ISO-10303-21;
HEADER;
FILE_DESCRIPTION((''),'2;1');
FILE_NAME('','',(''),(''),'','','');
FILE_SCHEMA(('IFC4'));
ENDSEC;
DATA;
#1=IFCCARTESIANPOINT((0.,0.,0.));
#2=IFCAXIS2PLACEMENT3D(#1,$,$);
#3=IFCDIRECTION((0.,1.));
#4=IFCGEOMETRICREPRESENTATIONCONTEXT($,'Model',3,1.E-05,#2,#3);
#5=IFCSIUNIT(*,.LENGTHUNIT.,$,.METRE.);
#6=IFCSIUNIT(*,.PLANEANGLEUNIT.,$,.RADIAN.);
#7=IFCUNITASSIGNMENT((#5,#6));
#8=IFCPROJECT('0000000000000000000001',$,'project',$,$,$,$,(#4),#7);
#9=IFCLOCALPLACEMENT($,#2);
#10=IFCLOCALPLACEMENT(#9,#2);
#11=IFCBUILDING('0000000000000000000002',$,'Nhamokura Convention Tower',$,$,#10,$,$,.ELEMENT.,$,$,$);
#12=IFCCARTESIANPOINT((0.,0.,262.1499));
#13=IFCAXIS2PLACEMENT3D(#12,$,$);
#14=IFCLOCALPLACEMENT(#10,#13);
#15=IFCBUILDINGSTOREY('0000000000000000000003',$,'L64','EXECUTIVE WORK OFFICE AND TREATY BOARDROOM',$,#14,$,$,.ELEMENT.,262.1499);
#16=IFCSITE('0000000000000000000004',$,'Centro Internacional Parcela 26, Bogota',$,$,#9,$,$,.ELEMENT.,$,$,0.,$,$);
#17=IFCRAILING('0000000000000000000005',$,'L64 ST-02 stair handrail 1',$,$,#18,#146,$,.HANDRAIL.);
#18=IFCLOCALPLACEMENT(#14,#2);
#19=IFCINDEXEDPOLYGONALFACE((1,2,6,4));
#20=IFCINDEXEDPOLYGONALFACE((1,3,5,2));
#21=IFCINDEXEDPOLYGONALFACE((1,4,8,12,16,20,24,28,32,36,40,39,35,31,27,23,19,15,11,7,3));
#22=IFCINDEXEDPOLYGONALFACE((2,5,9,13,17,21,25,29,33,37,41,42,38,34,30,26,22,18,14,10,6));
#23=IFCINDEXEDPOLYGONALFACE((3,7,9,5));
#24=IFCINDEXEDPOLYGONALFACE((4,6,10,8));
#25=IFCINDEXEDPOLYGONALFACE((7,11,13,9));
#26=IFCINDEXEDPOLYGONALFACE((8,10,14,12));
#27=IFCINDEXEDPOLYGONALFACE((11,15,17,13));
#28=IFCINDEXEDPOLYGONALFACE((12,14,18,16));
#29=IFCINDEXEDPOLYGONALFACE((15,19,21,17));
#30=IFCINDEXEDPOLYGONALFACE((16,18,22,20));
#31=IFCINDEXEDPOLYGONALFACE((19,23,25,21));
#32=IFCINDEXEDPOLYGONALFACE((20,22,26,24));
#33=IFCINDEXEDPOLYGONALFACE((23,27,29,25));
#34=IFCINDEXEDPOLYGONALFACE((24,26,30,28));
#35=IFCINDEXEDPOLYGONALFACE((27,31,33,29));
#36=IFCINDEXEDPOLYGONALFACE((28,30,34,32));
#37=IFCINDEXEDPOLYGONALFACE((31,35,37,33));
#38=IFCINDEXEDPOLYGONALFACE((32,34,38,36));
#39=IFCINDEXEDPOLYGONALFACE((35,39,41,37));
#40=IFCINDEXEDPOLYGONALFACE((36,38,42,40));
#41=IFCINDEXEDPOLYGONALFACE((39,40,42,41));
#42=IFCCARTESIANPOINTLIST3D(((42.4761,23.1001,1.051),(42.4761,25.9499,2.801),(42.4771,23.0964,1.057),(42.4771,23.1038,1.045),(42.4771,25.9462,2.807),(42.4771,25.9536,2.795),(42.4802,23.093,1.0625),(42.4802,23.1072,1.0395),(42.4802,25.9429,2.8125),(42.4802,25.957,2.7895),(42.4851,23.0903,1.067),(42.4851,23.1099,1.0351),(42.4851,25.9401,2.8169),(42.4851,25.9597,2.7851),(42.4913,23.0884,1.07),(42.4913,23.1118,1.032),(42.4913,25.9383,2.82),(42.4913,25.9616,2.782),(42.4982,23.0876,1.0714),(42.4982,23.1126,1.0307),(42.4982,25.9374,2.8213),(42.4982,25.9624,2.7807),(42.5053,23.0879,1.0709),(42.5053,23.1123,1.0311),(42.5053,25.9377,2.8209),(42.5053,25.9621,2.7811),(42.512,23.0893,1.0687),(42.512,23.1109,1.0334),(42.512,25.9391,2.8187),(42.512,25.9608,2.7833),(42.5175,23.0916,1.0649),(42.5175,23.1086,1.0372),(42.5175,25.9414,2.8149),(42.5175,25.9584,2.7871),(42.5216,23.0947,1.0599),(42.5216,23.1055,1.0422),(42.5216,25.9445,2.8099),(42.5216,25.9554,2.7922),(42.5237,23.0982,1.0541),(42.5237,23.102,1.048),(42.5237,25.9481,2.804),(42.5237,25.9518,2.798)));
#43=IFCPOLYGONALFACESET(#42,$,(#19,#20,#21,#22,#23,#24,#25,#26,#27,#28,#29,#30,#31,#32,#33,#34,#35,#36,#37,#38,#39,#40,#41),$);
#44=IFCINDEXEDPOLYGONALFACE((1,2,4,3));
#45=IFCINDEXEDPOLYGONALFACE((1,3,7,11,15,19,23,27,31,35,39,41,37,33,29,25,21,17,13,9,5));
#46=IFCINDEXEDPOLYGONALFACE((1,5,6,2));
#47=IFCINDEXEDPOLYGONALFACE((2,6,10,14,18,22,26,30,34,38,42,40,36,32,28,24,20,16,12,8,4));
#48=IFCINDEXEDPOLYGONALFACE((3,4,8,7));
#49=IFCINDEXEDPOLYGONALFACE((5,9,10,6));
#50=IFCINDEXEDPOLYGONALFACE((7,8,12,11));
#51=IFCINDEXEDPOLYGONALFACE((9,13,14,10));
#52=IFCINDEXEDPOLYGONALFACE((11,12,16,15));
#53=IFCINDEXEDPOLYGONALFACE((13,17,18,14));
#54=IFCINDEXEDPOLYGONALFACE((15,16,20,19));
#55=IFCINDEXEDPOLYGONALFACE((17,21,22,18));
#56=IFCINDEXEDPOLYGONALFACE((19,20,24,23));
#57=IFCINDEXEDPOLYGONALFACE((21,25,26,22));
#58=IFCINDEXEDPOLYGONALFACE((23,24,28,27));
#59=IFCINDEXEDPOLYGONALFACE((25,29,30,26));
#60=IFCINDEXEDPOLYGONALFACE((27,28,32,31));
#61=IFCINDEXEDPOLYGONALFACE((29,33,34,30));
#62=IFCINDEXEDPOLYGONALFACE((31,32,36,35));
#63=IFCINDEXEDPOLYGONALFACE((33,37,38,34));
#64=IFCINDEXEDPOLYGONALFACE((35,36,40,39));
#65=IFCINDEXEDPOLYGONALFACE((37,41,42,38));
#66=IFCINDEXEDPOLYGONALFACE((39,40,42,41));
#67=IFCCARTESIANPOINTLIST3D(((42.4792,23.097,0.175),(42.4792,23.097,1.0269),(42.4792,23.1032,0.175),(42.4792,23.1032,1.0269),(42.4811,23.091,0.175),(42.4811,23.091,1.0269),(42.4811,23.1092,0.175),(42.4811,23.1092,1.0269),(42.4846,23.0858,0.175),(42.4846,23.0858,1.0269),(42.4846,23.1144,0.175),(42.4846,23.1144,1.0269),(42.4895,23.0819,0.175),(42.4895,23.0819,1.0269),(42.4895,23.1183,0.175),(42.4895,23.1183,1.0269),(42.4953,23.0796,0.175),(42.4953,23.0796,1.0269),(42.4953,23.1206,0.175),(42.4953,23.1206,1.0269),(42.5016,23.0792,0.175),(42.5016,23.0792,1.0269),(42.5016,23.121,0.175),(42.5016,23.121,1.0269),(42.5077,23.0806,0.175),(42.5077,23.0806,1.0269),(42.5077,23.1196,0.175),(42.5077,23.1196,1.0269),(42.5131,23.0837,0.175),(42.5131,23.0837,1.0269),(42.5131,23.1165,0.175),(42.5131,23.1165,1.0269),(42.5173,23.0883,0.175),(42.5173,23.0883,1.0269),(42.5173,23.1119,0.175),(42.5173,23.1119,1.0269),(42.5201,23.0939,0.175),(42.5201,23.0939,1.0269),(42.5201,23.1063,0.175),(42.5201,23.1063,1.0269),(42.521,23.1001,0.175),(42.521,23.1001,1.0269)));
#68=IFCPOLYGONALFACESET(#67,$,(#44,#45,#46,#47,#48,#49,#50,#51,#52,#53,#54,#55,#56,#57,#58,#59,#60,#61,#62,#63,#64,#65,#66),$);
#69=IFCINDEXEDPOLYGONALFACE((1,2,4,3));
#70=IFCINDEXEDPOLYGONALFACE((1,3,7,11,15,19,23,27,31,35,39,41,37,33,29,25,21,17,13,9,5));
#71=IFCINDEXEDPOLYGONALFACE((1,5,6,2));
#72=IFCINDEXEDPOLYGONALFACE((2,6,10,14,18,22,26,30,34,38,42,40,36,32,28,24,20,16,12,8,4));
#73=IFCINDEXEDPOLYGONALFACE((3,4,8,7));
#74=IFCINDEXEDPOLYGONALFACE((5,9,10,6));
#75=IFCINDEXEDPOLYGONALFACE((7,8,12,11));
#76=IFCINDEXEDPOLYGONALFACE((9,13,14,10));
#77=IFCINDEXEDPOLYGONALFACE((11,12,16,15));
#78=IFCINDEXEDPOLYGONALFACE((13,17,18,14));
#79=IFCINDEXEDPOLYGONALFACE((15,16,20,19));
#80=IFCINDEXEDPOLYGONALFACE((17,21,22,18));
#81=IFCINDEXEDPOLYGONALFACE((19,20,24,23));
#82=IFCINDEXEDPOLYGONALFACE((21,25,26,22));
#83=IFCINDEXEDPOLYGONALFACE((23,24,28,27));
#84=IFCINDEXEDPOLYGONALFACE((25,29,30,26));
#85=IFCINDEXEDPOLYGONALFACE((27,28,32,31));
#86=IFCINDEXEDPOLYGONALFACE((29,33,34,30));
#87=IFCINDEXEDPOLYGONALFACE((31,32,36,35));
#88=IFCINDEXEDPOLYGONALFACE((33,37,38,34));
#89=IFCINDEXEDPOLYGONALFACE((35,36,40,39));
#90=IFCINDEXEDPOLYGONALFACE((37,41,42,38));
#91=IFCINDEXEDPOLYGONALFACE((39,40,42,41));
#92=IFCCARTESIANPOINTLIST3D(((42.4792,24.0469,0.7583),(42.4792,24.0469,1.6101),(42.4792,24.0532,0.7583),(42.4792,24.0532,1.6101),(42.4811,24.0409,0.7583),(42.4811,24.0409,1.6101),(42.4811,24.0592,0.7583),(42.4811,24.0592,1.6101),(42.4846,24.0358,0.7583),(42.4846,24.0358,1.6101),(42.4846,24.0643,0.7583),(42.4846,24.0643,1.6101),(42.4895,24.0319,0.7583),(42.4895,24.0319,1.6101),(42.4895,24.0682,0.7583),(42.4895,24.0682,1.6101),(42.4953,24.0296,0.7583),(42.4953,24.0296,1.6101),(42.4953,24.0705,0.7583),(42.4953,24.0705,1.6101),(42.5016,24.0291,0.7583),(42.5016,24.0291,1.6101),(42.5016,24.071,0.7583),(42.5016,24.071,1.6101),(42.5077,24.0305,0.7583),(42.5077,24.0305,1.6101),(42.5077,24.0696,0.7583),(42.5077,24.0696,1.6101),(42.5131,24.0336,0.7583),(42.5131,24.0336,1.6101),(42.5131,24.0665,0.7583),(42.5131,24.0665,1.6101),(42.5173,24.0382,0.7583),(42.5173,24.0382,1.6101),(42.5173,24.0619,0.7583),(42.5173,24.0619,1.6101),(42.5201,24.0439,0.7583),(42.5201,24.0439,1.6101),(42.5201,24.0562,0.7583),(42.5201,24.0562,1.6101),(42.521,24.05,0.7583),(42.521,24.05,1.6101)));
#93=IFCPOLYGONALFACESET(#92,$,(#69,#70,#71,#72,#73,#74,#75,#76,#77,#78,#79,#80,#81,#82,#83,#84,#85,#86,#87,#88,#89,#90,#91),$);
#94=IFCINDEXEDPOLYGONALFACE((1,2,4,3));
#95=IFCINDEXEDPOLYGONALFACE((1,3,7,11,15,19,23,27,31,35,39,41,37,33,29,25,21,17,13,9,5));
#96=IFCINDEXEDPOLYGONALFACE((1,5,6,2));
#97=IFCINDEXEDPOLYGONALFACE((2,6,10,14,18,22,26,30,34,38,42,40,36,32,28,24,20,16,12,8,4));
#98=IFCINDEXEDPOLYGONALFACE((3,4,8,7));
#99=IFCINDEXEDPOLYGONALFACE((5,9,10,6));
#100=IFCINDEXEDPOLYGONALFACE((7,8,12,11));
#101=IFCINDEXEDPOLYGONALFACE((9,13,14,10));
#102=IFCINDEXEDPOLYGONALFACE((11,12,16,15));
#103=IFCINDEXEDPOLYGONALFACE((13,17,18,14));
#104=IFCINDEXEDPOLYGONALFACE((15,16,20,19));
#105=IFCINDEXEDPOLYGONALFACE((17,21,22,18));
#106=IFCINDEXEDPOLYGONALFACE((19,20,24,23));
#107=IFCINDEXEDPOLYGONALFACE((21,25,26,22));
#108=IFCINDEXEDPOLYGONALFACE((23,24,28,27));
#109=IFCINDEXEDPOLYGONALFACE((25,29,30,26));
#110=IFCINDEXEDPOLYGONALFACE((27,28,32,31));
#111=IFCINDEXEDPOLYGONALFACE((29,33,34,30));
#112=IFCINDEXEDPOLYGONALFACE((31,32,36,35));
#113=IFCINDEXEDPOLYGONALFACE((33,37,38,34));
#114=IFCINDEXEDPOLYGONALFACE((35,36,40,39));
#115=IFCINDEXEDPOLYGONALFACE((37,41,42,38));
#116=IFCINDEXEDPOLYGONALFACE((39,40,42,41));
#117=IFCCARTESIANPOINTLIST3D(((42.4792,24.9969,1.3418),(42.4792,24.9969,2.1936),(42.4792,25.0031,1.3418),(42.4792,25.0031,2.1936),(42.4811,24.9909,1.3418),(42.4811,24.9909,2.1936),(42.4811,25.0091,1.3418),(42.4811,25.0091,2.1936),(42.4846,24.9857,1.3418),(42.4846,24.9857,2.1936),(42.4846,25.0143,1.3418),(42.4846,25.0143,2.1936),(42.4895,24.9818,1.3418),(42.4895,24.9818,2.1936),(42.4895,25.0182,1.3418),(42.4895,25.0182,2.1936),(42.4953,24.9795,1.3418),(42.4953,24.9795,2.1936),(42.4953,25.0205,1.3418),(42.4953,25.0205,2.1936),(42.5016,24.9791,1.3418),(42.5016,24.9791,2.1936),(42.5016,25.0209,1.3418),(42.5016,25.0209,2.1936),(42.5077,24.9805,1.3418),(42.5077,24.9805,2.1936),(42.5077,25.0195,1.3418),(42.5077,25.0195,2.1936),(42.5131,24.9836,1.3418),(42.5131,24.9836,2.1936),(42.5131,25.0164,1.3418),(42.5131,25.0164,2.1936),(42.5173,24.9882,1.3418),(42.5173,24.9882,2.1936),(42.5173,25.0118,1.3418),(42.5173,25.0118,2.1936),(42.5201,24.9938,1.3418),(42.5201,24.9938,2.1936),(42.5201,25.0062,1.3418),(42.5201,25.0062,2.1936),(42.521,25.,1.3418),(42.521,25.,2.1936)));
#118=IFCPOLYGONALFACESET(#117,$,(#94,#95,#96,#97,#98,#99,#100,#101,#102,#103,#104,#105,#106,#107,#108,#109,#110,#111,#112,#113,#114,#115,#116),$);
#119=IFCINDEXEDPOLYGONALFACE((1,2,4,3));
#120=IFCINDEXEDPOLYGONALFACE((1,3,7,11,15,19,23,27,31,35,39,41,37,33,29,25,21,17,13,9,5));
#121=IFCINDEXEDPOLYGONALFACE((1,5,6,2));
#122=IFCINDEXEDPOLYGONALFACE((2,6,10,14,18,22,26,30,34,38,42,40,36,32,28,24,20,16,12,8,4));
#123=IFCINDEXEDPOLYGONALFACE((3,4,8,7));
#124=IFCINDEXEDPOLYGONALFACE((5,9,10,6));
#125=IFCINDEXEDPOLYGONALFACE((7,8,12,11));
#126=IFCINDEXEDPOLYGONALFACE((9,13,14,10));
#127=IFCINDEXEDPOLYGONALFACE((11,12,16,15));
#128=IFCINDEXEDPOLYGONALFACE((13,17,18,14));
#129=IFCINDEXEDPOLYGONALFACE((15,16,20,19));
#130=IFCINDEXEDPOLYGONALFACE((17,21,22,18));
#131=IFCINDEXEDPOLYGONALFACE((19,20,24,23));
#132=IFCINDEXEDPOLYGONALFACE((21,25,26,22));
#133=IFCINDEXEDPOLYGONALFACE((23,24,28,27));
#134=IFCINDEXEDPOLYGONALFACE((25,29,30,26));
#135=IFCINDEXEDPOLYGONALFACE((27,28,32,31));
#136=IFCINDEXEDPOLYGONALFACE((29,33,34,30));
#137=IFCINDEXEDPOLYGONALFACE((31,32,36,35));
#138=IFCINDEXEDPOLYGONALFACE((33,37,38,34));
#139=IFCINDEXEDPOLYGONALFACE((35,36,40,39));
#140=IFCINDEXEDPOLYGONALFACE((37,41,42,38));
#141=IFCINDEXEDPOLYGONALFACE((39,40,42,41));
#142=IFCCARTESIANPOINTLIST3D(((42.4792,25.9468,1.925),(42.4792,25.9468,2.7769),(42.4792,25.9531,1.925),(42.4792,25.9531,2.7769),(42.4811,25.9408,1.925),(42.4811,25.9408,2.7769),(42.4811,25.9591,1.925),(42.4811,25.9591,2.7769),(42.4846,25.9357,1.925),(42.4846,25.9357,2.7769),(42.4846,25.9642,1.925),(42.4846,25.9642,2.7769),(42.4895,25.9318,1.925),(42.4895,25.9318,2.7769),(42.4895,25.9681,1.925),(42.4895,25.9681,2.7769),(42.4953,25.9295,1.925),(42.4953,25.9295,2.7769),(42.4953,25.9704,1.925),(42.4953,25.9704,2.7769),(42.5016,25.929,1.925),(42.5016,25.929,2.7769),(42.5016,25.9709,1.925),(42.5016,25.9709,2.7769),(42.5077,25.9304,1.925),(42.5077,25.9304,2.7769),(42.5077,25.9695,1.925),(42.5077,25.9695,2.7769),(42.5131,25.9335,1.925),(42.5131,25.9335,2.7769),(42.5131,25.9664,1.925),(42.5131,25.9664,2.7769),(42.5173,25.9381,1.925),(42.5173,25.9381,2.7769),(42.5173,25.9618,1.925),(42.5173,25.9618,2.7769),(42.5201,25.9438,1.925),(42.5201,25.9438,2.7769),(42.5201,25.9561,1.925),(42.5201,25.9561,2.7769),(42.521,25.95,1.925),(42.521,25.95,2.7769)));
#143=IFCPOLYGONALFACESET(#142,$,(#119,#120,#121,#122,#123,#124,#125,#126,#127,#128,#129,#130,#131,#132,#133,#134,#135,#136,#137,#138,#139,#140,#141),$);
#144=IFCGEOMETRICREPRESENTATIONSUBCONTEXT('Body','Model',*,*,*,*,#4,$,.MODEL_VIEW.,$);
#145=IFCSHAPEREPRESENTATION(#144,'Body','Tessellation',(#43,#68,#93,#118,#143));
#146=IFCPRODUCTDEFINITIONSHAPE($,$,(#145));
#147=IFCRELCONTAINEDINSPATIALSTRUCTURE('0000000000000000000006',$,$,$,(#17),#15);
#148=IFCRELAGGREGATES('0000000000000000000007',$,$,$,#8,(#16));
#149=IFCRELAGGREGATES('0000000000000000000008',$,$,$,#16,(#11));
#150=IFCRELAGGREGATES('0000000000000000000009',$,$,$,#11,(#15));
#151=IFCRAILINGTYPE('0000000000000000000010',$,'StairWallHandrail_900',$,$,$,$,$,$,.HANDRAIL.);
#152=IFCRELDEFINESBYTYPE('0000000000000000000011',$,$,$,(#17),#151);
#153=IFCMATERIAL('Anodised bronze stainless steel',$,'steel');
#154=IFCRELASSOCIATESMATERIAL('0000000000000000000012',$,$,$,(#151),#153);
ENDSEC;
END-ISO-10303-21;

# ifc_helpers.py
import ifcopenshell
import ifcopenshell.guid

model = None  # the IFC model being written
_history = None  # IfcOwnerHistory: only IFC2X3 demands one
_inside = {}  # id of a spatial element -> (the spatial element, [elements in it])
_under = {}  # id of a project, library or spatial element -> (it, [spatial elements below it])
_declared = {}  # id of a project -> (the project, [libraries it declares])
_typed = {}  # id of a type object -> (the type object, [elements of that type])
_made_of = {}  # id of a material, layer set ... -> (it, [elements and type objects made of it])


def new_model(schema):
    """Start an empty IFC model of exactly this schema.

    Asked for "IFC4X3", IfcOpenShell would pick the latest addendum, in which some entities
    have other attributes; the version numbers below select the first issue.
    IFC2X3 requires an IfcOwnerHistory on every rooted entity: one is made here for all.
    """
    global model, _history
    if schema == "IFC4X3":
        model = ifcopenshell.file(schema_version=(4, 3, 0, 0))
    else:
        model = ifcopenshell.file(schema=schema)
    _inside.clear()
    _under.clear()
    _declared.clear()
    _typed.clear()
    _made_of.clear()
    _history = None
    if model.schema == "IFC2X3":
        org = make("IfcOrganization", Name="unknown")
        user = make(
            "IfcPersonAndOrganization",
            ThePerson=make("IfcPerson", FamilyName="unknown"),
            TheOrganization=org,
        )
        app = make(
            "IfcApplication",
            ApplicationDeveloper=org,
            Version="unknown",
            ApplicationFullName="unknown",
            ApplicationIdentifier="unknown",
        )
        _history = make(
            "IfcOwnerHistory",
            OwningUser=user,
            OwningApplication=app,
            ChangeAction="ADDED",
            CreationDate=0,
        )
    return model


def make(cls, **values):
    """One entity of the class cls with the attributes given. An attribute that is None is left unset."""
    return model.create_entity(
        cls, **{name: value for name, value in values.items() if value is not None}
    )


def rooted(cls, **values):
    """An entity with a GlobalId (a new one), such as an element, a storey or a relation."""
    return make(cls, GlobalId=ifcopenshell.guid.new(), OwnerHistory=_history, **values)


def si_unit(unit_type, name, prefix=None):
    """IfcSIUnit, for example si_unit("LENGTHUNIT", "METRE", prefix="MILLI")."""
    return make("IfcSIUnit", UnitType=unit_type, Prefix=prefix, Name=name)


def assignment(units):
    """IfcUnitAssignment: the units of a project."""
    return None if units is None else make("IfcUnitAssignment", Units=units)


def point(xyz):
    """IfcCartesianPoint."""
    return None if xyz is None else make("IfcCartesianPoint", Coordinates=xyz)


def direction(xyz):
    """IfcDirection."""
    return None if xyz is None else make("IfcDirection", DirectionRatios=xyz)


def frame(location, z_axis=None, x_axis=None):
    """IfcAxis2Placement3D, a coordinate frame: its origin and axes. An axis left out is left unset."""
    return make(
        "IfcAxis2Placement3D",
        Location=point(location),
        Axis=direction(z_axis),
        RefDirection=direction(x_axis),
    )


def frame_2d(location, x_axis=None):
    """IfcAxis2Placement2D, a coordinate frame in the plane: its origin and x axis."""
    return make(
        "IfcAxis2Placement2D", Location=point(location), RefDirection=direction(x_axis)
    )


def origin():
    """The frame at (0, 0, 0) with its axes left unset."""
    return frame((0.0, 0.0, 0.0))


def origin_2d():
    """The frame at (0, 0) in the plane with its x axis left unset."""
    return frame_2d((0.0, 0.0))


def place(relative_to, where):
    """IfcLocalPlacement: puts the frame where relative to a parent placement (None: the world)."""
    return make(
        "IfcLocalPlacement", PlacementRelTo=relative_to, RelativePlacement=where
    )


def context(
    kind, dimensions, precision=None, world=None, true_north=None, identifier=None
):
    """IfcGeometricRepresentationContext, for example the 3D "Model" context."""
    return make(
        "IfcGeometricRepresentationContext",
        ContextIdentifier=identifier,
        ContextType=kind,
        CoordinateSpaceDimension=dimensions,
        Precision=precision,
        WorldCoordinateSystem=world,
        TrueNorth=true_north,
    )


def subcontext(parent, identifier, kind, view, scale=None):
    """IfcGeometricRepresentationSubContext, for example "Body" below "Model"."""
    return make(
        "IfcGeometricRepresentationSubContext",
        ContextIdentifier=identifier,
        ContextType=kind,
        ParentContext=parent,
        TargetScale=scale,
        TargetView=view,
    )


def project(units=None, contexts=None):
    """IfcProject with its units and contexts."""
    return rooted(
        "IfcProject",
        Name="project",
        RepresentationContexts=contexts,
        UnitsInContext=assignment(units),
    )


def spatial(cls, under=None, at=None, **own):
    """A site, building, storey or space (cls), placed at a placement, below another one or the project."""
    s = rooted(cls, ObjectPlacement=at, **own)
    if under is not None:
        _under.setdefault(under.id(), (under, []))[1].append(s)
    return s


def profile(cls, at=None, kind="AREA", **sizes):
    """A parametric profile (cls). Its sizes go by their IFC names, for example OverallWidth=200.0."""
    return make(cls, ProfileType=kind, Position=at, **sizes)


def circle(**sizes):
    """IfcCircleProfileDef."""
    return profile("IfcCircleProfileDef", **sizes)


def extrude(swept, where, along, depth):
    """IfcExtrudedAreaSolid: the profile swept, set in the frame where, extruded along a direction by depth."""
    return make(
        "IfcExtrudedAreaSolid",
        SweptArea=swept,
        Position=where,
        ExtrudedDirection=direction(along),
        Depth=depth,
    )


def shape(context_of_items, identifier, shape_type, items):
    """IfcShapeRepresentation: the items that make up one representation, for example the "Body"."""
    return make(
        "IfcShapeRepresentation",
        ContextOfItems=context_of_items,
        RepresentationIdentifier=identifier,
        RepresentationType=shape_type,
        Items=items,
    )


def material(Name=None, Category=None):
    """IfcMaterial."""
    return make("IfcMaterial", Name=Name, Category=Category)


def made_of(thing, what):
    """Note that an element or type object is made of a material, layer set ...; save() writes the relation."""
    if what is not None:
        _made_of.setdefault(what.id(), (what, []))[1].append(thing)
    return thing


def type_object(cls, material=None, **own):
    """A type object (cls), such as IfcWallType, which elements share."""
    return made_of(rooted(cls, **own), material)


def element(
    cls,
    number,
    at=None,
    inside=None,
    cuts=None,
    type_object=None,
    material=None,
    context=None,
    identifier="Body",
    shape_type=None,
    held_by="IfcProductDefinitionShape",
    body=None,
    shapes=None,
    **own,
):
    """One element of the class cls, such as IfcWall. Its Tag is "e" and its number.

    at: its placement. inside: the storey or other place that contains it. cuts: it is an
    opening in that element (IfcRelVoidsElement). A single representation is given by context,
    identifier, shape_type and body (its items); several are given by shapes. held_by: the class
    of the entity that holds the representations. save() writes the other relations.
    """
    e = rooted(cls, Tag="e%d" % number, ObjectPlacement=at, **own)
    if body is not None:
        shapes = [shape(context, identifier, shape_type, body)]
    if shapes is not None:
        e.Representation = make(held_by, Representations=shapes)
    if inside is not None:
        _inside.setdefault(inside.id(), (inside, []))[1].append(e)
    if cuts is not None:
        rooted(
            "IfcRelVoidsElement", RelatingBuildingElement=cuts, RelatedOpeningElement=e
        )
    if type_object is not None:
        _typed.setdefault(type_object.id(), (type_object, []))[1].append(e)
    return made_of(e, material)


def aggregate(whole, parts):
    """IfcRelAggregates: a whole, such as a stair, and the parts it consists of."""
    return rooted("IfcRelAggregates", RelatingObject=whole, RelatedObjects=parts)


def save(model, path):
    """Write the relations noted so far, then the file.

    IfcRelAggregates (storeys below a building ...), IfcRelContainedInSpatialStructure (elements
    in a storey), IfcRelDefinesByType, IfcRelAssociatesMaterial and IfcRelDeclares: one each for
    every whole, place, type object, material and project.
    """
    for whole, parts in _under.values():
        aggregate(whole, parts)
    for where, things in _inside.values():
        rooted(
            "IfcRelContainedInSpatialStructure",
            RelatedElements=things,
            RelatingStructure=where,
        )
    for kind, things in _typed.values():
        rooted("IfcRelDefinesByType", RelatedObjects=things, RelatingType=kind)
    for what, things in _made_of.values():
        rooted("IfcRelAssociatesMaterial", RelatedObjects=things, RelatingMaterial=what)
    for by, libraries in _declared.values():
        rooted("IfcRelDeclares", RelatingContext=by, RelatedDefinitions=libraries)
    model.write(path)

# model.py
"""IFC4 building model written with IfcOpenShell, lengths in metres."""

from ifc_helpers import new_model, si_unit, direction, frame, origin, origin_2d, place, context, subcontext, project, spatial, circle, extrude, material, type_object, element, save


model = new_model("IFC4")

# Units and contexts
model_context = context("Model", 3, precision=1e-05, world=origin(), true_north=direction((0.0, 1.0)))
body_context = subcontext(model_context, "Body", "Model", "MODEL_VIEW")
ifc_project = project(units=[si_unit("LENGTHUNIT", "METRE"), si_unit("PLANEANGLEUNIT", "RADIAN")], contexts=[model_context])

# Site, building, storey
site_placement = place(None, origin())
site = spatial("IfcSite", under=ifc_project, at=site_placement, Name="Centro Internacional Parcela 26, Bogota", CompositionType="ELEMENT", RefElevation=0.0)
building_placement = place(site_placement, origin())
building = spatial("IfcBuilding", under=site, at=building_placement, Name="Nhamokura Convention Tower", CompositionType="ELEMENT")
storey_placement = place(building_placement, frame((0.0, 0.0, 262.1499)))
storey = spatial("IfcBuildingStorey", under=building, at=storey_placement, Name="L64", Description="EXECUTIVE WORK OFFICE AND TREATY BOARDROOM", CompositionType="ELEMENT", Elevation=262.1499)

# Railing
ifc_material_1 = material(Name="Anodised bronze stainless steel", Category="steel")
railing_type_1 = type_object("IfcRailingType", Name="StairWallHandrail_900", PredefinedType="HANDRAIL", material=ifc_material_1)
railing_1_placement = place(storey_placement, frame((42.5, 23.1001, 0.175)))
element("IfcRailing", 1, at=railing_1_placement, inside=storey, type_object=railing_type_1, Name="L64 ST-02 stair handrail 1", PredefinedType="HANDRAIL", context=body_context, shape_type="SweptSolid", body=[
    extrude(circle(Radius=0.0239, at=origin_2d()), frame((0.0, 0.0, 0.876), z_axis=(0.0, 0.852159, 0.523283), x_axis=(-1.0, 0.0, 0.0)), (0.0, 0.0, 1.0), 3.3442),
    extrude(circle(Radius=0.021, at=origin_2d()), origin(), (0.0, 0.0, 1.0), 0.8518),
    extrude(circle(Radius=0.021, at=origin_2d()), frame((0.0, 0.95, 0.5833)), (0.0, 0.0, 1.0), 0.8518),
    extrude(circle(Radius=0.021, at=origin_2d()), frame((0.0, 1.8999, 1.1667)), (0.0, 0.0, 1.0), 0.8518),
    extrude(circle(Radius=0.021, at=origin_2d()), frame((0.0, 2.8499, 1.75)), (0.0, 0.0, 1.0), 0.8518),
])

save(model, "model.ifc")
